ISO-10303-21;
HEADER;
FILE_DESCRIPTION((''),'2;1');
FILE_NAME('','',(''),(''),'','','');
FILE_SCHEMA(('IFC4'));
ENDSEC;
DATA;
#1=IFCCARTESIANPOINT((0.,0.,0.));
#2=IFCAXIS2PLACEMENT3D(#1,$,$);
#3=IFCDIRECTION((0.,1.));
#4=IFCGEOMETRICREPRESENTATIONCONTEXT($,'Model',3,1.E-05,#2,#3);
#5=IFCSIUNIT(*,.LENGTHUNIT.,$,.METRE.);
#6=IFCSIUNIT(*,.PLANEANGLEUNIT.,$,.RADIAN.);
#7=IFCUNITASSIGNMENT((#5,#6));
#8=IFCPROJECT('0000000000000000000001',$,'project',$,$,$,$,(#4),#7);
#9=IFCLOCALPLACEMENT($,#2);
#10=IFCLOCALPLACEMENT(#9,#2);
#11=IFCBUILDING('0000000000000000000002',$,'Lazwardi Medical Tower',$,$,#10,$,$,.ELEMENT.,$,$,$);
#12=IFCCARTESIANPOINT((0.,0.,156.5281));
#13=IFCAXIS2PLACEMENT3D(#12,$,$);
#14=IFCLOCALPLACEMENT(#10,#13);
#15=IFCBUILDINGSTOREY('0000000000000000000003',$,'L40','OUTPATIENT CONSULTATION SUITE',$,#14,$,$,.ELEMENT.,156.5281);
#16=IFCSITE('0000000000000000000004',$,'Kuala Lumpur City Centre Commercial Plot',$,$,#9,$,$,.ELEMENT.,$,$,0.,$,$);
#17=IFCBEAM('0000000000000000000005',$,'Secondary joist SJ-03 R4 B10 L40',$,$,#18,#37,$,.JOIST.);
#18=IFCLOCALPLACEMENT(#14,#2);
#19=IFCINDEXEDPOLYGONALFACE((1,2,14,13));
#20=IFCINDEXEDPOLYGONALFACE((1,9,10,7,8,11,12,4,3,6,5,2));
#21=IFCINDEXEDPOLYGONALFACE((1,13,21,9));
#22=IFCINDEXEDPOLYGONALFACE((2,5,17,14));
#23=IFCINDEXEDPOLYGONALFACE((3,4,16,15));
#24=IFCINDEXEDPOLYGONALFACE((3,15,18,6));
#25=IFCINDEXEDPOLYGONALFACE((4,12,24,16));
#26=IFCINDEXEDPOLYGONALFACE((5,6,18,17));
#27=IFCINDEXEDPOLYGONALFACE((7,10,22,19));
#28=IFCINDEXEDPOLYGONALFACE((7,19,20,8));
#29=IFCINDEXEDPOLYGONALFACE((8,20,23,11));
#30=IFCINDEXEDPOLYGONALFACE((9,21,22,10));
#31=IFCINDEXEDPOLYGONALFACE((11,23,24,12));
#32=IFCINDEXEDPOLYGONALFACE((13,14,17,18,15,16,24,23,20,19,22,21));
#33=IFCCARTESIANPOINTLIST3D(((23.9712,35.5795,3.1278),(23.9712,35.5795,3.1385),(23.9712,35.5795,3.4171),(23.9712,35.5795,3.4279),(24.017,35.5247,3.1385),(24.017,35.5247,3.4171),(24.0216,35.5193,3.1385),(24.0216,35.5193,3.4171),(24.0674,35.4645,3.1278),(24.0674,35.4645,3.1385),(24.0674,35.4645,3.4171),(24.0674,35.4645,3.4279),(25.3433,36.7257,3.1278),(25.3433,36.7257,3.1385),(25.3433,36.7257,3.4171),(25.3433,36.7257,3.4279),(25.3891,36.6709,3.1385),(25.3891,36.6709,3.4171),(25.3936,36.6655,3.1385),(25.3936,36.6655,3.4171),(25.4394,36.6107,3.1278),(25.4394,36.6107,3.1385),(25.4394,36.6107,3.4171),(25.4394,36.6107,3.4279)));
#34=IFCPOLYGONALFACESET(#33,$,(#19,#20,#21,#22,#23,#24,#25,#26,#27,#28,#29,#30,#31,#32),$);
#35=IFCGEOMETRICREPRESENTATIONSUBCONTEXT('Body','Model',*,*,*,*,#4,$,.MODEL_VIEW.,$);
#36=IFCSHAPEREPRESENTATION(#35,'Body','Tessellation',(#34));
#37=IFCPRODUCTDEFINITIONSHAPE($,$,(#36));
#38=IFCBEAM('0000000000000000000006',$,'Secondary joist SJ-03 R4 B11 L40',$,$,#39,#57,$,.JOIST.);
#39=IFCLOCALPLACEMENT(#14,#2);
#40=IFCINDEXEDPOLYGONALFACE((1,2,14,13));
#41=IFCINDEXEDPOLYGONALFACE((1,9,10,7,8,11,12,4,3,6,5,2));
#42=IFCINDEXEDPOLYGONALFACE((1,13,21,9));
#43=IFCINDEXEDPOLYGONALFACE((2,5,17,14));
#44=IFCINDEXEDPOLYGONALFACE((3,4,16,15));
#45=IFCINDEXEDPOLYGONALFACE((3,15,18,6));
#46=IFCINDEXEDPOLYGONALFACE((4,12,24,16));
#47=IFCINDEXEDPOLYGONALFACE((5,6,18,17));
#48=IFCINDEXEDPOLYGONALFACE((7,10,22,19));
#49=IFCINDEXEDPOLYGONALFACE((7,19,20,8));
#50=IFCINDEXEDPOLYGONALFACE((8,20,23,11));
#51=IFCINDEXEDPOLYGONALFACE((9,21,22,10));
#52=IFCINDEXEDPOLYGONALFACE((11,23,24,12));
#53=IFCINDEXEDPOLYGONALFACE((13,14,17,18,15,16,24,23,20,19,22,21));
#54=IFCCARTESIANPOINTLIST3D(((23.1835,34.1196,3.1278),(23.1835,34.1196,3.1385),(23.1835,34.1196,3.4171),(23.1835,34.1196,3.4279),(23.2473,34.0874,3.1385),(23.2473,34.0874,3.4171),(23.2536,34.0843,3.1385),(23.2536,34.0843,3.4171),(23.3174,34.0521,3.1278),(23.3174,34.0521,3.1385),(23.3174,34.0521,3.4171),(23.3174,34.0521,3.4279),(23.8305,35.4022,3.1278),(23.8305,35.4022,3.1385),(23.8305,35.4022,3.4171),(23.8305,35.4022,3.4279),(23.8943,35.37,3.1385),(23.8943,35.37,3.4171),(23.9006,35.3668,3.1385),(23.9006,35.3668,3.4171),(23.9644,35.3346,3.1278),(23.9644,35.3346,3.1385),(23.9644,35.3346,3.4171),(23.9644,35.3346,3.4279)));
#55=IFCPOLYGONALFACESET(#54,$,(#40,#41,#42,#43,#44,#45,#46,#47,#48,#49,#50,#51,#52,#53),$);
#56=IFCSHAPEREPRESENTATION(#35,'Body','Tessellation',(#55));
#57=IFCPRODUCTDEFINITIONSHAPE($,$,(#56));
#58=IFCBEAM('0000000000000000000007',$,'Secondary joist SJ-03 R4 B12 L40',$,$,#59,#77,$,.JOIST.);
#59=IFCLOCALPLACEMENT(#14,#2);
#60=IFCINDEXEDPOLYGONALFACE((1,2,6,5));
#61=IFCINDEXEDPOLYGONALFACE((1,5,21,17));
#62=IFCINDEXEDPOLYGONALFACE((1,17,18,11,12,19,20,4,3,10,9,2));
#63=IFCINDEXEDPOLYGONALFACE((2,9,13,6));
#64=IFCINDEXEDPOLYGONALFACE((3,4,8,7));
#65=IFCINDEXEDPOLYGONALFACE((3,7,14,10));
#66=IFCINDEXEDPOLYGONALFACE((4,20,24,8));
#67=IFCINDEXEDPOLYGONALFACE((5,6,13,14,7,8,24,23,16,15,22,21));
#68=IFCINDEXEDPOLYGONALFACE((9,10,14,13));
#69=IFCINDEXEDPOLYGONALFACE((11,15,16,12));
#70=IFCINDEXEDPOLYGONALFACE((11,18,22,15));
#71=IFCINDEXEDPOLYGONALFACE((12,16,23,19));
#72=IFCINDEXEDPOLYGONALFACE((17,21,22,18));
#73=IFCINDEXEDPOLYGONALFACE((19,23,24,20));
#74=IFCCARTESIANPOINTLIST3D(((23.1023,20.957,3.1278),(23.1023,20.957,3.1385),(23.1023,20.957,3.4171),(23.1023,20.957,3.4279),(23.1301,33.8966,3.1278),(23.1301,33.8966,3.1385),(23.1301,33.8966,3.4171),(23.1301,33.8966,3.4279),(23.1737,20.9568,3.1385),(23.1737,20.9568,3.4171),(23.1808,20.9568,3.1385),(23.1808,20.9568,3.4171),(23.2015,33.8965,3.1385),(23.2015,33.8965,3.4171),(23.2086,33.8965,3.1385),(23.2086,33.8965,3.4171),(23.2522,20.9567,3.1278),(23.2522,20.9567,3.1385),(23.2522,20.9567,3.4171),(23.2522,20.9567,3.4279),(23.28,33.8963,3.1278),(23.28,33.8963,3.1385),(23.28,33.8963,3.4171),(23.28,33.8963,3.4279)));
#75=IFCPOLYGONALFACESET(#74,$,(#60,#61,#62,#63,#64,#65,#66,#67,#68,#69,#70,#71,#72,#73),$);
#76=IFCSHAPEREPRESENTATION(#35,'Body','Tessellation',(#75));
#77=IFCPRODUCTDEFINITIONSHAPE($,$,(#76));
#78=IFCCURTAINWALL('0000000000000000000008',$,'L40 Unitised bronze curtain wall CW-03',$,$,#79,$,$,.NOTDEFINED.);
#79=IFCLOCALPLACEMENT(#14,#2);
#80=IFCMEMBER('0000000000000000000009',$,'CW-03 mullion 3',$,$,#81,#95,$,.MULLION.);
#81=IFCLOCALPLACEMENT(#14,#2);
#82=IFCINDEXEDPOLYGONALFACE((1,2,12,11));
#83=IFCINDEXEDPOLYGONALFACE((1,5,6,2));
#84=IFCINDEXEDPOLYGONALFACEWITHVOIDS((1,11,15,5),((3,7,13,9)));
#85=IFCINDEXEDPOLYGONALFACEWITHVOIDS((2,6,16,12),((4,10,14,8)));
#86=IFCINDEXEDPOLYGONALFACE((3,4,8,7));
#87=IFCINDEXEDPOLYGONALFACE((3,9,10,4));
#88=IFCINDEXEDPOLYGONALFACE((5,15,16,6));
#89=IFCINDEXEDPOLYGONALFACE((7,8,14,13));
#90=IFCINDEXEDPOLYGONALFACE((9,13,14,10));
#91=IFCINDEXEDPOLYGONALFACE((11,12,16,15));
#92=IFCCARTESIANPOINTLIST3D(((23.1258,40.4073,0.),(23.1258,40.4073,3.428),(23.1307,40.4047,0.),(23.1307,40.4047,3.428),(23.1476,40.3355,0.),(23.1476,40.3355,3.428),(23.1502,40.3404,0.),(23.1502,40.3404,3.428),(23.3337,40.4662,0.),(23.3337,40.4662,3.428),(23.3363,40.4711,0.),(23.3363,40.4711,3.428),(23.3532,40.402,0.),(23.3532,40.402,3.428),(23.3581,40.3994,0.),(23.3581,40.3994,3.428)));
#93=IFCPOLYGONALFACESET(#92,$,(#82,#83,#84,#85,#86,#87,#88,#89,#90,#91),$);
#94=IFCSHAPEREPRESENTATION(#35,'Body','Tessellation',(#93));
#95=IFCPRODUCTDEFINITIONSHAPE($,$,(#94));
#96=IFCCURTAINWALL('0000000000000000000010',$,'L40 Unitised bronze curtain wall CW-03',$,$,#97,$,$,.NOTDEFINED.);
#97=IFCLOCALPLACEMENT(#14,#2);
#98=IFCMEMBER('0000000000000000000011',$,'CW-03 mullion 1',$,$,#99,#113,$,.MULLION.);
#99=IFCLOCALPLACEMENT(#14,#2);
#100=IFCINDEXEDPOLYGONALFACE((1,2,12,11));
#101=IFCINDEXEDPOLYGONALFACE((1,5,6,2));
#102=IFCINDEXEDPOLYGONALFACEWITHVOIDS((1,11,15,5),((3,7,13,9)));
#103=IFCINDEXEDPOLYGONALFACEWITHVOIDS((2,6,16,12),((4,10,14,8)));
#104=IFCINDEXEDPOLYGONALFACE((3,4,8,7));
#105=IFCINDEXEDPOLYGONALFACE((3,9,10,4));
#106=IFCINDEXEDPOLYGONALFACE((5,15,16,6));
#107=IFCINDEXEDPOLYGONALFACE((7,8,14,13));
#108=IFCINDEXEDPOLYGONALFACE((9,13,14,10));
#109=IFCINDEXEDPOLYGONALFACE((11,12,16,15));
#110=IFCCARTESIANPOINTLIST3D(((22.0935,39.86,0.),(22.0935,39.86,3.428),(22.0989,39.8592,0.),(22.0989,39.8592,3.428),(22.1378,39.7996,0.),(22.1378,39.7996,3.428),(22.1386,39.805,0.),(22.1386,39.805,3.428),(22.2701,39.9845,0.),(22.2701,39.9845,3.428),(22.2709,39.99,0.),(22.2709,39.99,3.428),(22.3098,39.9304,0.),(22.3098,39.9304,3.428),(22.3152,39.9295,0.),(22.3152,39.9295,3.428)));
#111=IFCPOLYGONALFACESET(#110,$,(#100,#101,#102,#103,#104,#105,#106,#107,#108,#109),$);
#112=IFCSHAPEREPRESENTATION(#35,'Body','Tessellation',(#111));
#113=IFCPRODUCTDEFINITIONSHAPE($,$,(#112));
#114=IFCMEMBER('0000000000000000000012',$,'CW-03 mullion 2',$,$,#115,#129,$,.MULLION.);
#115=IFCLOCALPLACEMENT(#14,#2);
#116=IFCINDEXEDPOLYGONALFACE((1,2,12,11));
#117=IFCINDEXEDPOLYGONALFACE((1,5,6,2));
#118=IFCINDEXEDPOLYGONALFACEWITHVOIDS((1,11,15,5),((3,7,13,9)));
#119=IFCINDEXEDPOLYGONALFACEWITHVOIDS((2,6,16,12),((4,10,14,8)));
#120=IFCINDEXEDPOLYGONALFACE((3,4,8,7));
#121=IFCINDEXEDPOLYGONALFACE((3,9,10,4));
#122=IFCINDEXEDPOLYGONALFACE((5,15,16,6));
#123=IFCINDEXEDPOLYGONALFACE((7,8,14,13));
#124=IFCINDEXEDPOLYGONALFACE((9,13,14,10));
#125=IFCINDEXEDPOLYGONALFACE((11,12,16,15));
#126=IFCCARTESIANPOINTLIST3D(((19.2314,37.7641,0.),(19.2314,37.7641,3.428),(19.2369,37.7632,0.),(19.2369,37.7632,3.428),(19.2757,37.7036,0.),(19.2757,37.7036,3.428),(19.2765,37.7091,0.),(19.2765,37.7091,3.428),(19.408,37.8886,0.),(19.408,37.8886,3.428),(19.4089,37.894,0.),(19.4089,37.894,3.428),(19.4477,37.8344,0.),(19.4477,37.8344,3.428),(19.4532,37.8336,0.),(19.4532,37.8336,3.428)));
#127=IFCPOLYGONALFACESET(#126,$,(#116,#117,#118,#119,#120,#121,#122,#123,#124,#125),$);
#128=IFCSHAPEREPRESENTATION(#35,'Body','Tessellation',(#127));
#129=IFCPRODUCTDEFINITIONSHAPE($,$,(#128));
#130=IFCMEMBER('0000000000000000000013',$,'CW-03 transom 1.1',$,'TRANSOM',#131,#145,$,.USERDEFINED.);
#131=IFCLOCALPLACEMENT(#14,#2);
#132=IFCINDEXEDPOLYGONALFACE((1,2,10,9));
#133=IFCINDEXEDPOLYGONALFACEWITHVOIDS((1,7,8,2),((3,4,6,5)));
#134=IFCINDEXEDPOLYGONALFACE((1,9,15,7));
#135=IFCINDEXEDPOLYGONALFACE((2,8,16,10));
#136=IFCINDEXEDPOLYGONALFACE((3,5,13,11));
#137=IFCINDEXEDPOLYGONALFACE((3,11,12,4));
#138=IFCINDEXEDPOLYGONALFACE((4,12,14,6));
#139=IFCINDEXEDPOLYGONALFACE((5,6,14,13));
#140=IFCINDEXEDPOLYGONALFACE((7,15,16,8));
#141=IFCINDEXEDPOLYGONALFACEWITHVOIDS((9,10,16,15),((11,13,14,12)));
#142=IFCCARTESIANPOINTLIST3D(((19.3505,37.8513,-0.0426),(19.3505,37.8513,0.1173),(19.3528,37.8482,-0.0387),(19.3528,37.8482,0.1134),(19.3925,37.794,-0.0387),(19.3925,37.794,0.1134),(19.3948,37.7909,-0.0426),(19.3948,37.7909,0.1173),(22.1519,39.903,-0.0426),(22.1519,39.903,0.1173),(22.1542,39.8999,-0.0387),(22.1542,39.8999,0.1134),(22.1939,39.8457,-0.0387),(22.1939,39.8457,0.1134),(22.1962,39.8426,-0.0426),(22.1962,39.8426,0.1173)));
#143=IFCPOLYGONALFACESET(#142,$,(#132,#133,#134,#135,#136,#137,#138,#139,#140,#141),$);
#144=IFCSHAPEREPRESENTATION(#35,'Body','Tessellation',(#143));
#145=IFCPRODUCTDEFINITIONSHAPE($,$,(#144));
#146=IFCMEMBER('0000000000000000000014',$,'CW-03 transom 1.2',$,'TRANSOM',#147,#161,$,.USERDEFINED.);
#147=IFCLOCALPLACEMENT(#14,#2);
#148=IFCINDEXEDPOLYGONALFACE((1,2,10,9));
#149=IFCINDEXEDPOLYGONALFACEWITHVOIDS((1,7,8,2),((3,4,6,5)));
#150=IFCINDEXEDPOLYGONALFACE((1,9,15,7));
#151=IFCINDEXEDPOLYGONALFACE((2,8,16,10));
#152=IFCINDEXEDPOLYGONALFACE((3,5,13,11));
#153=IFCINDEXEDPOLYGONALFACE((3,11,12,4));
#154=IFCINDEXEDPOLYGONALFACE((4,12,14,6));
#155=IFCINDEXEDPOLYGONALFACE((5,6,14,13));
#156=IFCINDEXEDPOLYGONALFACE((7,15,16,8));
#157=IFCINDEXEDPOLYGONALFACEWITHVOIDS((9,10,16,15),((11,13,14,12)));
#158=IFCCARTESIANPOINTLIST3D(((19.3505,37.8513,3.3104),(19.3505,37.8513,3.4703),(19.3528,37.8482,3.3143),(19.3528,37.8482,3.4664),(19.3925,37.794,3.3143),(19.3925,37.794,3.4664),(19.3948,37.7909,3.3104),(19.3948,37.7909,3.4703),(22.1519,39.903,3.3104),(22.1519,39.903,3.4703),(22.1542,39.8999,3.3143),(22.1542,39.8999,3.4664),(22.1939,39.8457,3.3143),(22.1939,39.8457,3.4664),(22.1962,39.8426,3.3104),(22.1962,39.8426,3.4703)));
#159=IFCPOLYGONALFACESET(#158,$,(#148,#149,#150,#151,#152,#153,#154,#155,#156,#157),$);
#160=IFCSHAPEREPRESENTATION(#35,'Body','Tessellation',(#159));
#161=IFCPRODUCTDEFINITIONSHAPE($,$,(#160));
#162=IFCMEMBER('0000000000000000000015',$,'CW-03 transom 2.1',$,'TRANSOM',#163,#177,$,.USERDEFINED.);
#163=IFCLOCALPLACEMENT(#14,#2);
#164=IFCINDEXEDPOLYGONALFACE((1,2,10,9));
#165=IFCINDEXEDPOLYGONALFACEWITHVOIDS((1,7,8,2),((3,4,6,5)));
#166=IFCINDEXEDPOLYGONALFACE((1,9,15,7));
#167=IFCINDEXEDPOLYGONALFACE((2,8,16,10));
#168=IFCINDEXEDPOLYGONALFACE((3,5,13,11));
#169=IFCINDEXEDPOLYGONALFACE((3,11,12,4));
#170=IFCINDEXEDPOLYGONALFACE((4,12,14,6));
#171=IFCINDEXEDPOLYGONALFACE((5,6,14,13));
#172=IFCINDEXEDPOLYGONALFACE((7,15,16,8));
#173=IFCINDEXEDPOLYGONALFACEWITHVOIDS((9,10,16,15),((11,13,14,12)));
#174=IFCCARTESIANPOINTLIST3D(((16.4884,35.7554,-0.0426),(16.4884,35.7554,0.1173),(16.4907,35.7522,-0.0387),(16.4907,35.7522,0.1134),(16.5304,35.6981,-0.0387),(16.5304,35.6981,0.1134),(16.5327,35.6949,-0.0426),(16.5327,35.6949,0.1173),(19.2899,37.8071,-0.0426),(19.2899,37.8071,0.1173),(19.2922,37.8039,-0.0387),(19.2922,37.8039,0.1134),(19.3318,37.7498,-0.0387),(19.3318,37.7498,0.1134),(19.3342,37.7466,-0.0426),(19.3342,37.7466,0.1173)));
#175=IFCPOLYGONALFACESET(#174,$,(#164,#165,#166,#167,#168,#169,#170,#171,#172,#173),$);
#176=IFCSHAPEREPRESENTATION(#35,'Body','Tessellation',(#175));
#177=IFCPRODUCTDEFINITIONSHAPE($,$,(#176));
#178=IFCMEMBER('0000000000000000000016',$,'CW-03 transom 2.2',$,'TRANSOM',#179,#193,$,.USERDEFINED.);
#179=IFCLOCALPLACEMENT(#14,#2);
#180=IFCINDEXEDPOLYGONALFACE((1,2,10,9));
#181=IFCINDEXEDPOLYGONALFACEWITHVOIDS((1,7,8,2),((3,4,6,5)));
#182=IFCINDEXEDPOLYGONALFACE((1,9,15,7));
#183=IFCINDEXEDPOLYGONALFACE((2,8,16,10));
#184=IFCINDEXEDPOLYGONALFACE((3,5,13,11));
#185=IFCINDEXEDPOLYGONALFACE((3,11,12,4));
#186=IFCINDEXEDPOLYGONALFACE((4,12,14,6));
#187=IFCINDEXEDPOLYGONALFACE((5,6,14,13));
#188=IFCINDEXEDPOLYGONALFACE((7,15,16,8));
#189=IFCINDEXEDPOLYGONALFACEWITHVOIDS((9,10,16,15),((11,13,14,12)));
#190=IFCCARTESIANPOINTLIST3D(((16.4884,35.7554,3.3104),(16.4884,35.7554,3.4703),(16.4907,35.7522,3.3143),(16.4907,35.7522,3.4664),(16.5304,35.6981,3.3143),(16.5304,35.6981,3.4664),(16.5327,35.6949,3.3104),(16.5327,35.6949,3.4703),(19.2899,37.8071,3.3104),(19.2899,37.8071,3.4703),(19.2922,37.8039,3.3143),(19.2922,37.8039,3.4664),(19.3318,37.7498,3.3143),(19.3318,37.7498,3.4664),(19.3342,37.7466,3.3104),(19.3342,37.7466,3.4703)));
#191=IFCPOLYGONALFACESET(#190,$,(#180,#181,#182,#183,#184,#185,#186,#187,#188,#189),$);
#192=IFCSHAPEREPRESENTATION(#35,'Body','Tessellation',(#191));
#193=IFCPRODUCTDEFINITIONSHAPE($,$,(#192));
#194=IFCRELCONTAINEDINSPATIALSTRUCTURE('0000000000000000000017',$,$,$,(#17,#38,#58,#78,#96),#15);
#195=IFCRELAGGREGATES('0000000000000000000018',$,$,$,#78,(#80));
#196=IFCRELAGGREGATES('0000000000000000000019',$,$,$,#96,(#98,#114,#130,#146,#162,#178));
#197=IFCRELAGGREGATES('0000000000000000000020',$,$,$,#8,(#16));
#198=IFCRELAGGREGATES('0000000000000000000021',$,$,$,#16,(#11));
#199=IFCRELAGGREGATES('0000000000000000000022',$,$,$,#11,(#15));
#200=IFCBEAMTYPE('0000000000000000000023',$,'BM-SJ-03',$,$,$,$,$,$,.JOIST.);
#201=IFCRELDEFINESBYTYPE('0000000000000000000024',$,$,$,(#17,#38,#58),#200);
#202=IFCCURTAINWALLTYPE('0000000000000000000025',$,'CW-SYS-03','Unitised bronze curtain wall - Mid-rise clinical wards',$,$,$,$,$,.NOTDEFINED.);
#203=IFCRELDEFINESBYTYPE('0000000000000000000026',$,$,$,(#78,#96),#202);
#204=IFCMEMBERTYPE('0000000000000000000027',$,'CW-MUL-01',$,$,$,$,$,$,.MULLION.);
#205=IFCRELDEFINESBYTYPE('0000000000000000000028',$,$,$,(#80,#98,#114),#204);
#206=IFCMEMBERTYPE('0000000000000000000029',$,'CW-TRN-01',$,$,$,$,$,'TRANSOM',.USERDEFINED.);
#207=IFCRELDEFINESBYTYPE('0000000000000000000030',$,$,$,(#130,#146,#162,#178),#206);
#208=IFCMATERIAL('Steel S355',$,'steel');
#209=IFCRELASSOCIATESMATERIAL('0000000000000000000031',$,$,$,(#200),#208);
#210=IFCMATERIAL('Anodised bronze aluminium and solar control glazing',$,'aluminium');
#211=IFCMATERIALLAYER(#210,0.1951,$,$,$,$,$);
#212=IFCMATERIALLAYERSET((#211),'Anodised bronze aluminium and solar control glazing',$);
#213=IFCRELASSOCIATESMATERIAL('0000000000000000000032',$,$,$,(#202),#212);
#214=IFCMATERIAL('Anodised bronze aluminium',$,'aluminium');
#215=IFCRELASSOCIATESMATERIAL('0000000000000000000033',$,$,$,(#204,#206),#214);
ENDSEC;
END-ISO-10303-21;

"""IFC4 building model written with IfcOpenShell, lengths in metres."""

from ifc_helpers import new_model, si_unit, direction, frame, origin, origin_2d, place, context, subcontext, project, spatial, hollow_rectangle, i_section, extrude, material, layer, layer_set, material_profile, profile_set, type_object, element, aggregate, save


model = new_model("IFC4")

# Units and contexts
model_context = context("Model", 3, precision=1e-05, world=origin(), true_north=direction((0.0, 1.0)))
body_context = subcontext(model_context, "Body", "Model", "MODEL_VIEW")
ifc_project = project(units=[si_unit("LENGTHUNIT", "METRE"), si_unit("PLANEANGLEUNIT", "RADIAN")], contexts=[model_context])

# Site, building, storey
site_placement = place(None, origin())
site = spatial("IfcSite", under=ifc_project, at=site_placement, Name="Kuala Lumpur City Centre Commercial Plot", CompositionType="ELEMENT", RefElevation=0.0)
building_placement = place(site_placement, origin())
building = spatial("IfcBuilding", under=site, at=building_placement, Name="Lazwardi Medical Tower", CompositionType="ELEMENT")
storey_placement = place(building_placement, frame((0.0, 0.0, 156.5281)))
storey = spatial("IfcBuildingStorey", under=building, at=storey_placement, Name="L40", Description="OUTPATIENT CONSULTATION SUITE", CompositionType="ELEMENT", Elevation=156.5281)

# Beams
ifc_material_1 = material(Name="Steel S355", Category="steel")
ifc_material_profile_1 = material_profile(ifc_material_1, i_section(OverallWidth=0.1499, OverallDepth=0.3, WebThickness=0.0071, FlangeThickness=0.0107, at=origin_2d()), Name="IPE 300")
ifc_profile_set_1 = profile_set([ifc_material_profile_1], Name="Steel S355")
beam_type_1 = type_object("IfcBeamType", Name="BM-SJ-03", PredefinedType="JOIST", material=ifc_profile_set_1)
beam_1_placement = place(storey_placement, frame((25.3914, 36.6682, 3.2778), z_axis=(-0.767437, -0.641124, 0.0), x_axis=(0.641124, -0.767437, 0.0)))
element("IfcBeam", 1, at=beam_1_placement, inside=storey, type_object=beam_type_1, Name="Secondary joist SJ-03 R4 B10 L40", PredefinedType="JOIST", context=body_context, shape_type="SweptSolid", body=[
    extrude(i_section(OverallWidth=0.1499, OverallDepth=0.3, WebThickness=0.0071, FlangeThickness=0.0107, at=origin_2d()), origin(), (0.0, 0.0, 1.0), 1.7878),
])
beam_2_placement = place(storey_placement, frame((23.8975, 35.3684, 3.2778), z_axis=(-0.450406, -0.892824, 0.0), x_axis=(0.892824, -0.450406, 0.0)))
element("IfcBeam", 2, at=beam_2_placement, inside=storey, type_object=beam_type_1, Name="Secondary joist SJ-03 R4 B11 L40", PredefinedType="JOIST", context=body_context, shape_type="SweptSolid", body=[
    extrude(i_section(OverallWidth=0.1499, OverallDepth=0.3, WebThickness=0.0071, FlangeThickness=0.0107, at=origin_2d()), origin(), (0.0, 0.0, 1.0), 1.4365),
])
beam_3_placement = place(storey_placement, frame((23.2051, 33.8965, 3.2778), z_axis=(-0.002151, -0.999998, 0.0), x_axis=(0.999998, -0.002151, 0.0)))
element("IfcBeam", 3, at=beam_3_placement, inside=storey, type_object=beam_type_1, Name="Secondary joist SJ-03 R4 B12 L40", PredefinedType="JOIST", context=body_context, shape_type="SweptSolid", body=[
    extrude(i_section(OverallWidth=0.1499, OverallDepth=0.3, WebThickness=0.0071, FlangeThickness=0.0107, at=origin_2d()), origin(), (0.0, 0.0, 1.0), 12.9397),
])

# Curtain wall, member
ifc_material_2 = material(Name="Anodised bronze aluminium and solar control glazing", Category="aluminium")
ifc_layer_1 = layer(ifc_material_2, 0.1951)
ifc_layer_set_1 = layer_set([ifc_layer_1], Name="Anodised bronze aluminium and solar control glazing")
curtain_wall_type = type_object("IfcCurtainWallType", Name="CW-SYS-03", Description="Unitised bronze curtain wall - Mid-rise clinical wards", PredefinedType="NOTDEFINED", material=ifc_layer_set_1)
curtain_wall_1_placement = place(storey_placement, origin())
curtain_wall_1 = element("IfcCurtainWall", 4, at=curtain_wall_1_placement, inside=storey, type_object=curtain_wall_type, Name="L40 Unitised bronze curtain wall CW-03", PredefinedType="NOTDEFINED")
ifc_material_3 = material(Name="Anodised bronze aluminium", Category="aluminium")
ifc_material_profile_2 = material_profile(ifc_material_3, hollow_rectangle(XDim=0.075, YDim=0.22, WallThickness=0.0039, at=origin_2d()), Name="ALU-MULLION 220x75x4")
ifc_profile_set_2 = profile_set([ifc_material_profile_2], Name="Anodised bronze aluminium")
member_type_1 = type_object("IfcMemberType", Name="CW-MUL-01", PredefinedType="MULLION", material=ifc_profile_set_2)
member_1_placement = place(storey_placement, frame((23.2419, 40.4033, 0.0), z_axis=(0.0, 0.0, 1.0), x_axis=(0.290281, -0.956942, 0.0)))
member_1 = element("IfcMember", 5, at=member_1_placement, type_object=member_type_1, Name="CW-03 mullion 3", PredefinedType="MULLION", context=body_context, shape_type="SweptSolid", body=[
    extrude(hollow_rectangle(XDim=0.075, YDim=0.22, WallThickness=0.0039, at=origin_2d()), origin(), (0.0, 0.0, 1.0), 3.428),
])

# Curtain wall, members
curtain_wall_2_placement = place(storey_placement, origin())
curtain_wall_2 = element("IfcCurtainWall", 6, at=curtain_wall_2_placement, inside=storey, type_object=curtain_wall_type, Name="L40 Unitised bronze curtain wall CW-03", PredefinedType="NOTDEFINED")
member_2_placement = place(storey_placement, frame((22.2043, 39.8948, 0.0), z_axis=(0.0, 0.0, 1.0), x_axis=(0.590834, -0.806793, 0.0)))
member_2 = element("IfcMember", 7, at=member_2_placement, type_object=member_type_1, Name="CW-03 mullion 1", PredefinedType="MULLION", context=body_context, shape_type="SweptSolid", body=[
    extrude(hollow_rectangle(XDim=0.075, YDim=0.22, WallThickness=0.0039, at=origin_2d()), origin(), (0.0, 0.0, 1.0), 3.428),
])
member_3_placement = place(storey_placement, frame((19.3423, 37.7988, 0.0), z_axis=(0.0, 0.0, 1.0), x_axis=(0.590834, -0.806793, 0.0)))
member_3 = element("IfcMember", 8, at=member_3_placement, type_object=member_type_1, Name="CW-03 mullion 2", PredefinedType="MULLION", context=body_context, shape_type="SweptSolid", body=[
    extrude(hollow_rectangle(XDim=0.075, YDim=0.22, WallThickness=0.0039, at=origin_2d()), origin(), (0.0, 0.0, 1.0), 3.428),
])
ifc_material_profile_3 = material_profile(ifc_material_3, hollow_rectangle(XDim=0.075, YDim=0.1599, WallThickness=0.0039, at=origin_2d()), Name="ALU-TRANSOM 160x75x4")
ifc_profile_set_3 = profile_set([ifc_material_profile_3], Name="Anodised bronze aluminium")
member_type_2 = type_object("IfcMemberType", Name="CW-TRN-01", ElementType="TRANSOM", PredefinedType="USERDEFINED", material=ifc_profile_set_3)
member_4_placement = place(storey_placement, frame((22.1741, 39.8728, 0.0374), z_axis=(-0.806774, -0.590861, 0.0), x_axis=(0.590861, -0.806774, 0.0)))
member_4 = element("IfcMember", 9, at=member_4_placement, type_object=member_type_2, Name="CW-03 transom 1.1", ObjectType="TRANSOM", PredefinedType="USERDEFINED", context=body_context, shape_type="SweptSolid", body=[
    extrude(hollow_rectangle(XDim=0.075, YDim=0.1599, WallThickness=0.0039, at=origin_2d()), origin(), (0.0, 0.0, 1.0), 3.4724),
])
member_5_placement = place(storey_placement, frame((22.1741, 39.8728, 3.3904), z_axis=(-0.806774, -0.590861, 0.0), x_axis=(0.590861, -0.806774, 0.0)))
member_5 = element("IfcMember", 10, at=member_5_placement, type_object=member_type_2, Name="CW-03 transom 1.2", ObjectType="TRANSOM", PredefinedType="USERDEFINED", context=body_context, shape_type="SweptSolid", body=[
    extrude(hollow_rectangle(XDim=0.075, YDim=0.1599, WallThickness=0.0039, at=origin_2d()), origin(), (0.0, 0.0, 1.0), 3.4724),
])
member_6_placement = place(storey_placement, frame((19.312, 37.7769, 0.0374), z_axis=(-0.806774, -0.590861, 0.0), x_axis=(0.590861, -0.806774, 0.0)))
member_6 = element("IfcMember", 11, at=member_6_placement, type_object=member_type_2, Name="CW-03 transom 2.1", ObjectType="TRANSOM", PredefinedType="USERDEFINED", context=body_context, shape_type="SweptSolid", body=[
    extrude(hollow_rectangle(XDim=0.075, YDim=0.1599, WallThickness=0.0039, at=origin_2d()), origin(), (0.0, 0.0, 1.0), 3.4724),
])
member_7_placement = place(storey_placement, frame((19.312, 37.7769, 3.3904), z_axis=(-0.806774, -0.590861, 0.0), x_axis=(0.590861, -0.806774, 0.0)))
member_7 = element("IfcMember", 12, at=member_7_placement, type_object=member_type_2, Name="CW-03 transom 2.2", ObjectType="TRANSOM", PredefinedType="USERDEFINED", context=body_context, shape_type="SweptSolid", body=[
    extrude(hollow_rectangle(XDim=0.075, YDim=0.1599, WallThickness=0.0039, at=origin_2d()), origin(), (0.0, 0.0, 1.0), 3.4724),
])

aggregate(curtain_wall_1, [member_1])
aggregate(curtain_wall_2, [member_2, member_3, member_4, member_5, member_6, member_7])

save(model, "model.ifc")
